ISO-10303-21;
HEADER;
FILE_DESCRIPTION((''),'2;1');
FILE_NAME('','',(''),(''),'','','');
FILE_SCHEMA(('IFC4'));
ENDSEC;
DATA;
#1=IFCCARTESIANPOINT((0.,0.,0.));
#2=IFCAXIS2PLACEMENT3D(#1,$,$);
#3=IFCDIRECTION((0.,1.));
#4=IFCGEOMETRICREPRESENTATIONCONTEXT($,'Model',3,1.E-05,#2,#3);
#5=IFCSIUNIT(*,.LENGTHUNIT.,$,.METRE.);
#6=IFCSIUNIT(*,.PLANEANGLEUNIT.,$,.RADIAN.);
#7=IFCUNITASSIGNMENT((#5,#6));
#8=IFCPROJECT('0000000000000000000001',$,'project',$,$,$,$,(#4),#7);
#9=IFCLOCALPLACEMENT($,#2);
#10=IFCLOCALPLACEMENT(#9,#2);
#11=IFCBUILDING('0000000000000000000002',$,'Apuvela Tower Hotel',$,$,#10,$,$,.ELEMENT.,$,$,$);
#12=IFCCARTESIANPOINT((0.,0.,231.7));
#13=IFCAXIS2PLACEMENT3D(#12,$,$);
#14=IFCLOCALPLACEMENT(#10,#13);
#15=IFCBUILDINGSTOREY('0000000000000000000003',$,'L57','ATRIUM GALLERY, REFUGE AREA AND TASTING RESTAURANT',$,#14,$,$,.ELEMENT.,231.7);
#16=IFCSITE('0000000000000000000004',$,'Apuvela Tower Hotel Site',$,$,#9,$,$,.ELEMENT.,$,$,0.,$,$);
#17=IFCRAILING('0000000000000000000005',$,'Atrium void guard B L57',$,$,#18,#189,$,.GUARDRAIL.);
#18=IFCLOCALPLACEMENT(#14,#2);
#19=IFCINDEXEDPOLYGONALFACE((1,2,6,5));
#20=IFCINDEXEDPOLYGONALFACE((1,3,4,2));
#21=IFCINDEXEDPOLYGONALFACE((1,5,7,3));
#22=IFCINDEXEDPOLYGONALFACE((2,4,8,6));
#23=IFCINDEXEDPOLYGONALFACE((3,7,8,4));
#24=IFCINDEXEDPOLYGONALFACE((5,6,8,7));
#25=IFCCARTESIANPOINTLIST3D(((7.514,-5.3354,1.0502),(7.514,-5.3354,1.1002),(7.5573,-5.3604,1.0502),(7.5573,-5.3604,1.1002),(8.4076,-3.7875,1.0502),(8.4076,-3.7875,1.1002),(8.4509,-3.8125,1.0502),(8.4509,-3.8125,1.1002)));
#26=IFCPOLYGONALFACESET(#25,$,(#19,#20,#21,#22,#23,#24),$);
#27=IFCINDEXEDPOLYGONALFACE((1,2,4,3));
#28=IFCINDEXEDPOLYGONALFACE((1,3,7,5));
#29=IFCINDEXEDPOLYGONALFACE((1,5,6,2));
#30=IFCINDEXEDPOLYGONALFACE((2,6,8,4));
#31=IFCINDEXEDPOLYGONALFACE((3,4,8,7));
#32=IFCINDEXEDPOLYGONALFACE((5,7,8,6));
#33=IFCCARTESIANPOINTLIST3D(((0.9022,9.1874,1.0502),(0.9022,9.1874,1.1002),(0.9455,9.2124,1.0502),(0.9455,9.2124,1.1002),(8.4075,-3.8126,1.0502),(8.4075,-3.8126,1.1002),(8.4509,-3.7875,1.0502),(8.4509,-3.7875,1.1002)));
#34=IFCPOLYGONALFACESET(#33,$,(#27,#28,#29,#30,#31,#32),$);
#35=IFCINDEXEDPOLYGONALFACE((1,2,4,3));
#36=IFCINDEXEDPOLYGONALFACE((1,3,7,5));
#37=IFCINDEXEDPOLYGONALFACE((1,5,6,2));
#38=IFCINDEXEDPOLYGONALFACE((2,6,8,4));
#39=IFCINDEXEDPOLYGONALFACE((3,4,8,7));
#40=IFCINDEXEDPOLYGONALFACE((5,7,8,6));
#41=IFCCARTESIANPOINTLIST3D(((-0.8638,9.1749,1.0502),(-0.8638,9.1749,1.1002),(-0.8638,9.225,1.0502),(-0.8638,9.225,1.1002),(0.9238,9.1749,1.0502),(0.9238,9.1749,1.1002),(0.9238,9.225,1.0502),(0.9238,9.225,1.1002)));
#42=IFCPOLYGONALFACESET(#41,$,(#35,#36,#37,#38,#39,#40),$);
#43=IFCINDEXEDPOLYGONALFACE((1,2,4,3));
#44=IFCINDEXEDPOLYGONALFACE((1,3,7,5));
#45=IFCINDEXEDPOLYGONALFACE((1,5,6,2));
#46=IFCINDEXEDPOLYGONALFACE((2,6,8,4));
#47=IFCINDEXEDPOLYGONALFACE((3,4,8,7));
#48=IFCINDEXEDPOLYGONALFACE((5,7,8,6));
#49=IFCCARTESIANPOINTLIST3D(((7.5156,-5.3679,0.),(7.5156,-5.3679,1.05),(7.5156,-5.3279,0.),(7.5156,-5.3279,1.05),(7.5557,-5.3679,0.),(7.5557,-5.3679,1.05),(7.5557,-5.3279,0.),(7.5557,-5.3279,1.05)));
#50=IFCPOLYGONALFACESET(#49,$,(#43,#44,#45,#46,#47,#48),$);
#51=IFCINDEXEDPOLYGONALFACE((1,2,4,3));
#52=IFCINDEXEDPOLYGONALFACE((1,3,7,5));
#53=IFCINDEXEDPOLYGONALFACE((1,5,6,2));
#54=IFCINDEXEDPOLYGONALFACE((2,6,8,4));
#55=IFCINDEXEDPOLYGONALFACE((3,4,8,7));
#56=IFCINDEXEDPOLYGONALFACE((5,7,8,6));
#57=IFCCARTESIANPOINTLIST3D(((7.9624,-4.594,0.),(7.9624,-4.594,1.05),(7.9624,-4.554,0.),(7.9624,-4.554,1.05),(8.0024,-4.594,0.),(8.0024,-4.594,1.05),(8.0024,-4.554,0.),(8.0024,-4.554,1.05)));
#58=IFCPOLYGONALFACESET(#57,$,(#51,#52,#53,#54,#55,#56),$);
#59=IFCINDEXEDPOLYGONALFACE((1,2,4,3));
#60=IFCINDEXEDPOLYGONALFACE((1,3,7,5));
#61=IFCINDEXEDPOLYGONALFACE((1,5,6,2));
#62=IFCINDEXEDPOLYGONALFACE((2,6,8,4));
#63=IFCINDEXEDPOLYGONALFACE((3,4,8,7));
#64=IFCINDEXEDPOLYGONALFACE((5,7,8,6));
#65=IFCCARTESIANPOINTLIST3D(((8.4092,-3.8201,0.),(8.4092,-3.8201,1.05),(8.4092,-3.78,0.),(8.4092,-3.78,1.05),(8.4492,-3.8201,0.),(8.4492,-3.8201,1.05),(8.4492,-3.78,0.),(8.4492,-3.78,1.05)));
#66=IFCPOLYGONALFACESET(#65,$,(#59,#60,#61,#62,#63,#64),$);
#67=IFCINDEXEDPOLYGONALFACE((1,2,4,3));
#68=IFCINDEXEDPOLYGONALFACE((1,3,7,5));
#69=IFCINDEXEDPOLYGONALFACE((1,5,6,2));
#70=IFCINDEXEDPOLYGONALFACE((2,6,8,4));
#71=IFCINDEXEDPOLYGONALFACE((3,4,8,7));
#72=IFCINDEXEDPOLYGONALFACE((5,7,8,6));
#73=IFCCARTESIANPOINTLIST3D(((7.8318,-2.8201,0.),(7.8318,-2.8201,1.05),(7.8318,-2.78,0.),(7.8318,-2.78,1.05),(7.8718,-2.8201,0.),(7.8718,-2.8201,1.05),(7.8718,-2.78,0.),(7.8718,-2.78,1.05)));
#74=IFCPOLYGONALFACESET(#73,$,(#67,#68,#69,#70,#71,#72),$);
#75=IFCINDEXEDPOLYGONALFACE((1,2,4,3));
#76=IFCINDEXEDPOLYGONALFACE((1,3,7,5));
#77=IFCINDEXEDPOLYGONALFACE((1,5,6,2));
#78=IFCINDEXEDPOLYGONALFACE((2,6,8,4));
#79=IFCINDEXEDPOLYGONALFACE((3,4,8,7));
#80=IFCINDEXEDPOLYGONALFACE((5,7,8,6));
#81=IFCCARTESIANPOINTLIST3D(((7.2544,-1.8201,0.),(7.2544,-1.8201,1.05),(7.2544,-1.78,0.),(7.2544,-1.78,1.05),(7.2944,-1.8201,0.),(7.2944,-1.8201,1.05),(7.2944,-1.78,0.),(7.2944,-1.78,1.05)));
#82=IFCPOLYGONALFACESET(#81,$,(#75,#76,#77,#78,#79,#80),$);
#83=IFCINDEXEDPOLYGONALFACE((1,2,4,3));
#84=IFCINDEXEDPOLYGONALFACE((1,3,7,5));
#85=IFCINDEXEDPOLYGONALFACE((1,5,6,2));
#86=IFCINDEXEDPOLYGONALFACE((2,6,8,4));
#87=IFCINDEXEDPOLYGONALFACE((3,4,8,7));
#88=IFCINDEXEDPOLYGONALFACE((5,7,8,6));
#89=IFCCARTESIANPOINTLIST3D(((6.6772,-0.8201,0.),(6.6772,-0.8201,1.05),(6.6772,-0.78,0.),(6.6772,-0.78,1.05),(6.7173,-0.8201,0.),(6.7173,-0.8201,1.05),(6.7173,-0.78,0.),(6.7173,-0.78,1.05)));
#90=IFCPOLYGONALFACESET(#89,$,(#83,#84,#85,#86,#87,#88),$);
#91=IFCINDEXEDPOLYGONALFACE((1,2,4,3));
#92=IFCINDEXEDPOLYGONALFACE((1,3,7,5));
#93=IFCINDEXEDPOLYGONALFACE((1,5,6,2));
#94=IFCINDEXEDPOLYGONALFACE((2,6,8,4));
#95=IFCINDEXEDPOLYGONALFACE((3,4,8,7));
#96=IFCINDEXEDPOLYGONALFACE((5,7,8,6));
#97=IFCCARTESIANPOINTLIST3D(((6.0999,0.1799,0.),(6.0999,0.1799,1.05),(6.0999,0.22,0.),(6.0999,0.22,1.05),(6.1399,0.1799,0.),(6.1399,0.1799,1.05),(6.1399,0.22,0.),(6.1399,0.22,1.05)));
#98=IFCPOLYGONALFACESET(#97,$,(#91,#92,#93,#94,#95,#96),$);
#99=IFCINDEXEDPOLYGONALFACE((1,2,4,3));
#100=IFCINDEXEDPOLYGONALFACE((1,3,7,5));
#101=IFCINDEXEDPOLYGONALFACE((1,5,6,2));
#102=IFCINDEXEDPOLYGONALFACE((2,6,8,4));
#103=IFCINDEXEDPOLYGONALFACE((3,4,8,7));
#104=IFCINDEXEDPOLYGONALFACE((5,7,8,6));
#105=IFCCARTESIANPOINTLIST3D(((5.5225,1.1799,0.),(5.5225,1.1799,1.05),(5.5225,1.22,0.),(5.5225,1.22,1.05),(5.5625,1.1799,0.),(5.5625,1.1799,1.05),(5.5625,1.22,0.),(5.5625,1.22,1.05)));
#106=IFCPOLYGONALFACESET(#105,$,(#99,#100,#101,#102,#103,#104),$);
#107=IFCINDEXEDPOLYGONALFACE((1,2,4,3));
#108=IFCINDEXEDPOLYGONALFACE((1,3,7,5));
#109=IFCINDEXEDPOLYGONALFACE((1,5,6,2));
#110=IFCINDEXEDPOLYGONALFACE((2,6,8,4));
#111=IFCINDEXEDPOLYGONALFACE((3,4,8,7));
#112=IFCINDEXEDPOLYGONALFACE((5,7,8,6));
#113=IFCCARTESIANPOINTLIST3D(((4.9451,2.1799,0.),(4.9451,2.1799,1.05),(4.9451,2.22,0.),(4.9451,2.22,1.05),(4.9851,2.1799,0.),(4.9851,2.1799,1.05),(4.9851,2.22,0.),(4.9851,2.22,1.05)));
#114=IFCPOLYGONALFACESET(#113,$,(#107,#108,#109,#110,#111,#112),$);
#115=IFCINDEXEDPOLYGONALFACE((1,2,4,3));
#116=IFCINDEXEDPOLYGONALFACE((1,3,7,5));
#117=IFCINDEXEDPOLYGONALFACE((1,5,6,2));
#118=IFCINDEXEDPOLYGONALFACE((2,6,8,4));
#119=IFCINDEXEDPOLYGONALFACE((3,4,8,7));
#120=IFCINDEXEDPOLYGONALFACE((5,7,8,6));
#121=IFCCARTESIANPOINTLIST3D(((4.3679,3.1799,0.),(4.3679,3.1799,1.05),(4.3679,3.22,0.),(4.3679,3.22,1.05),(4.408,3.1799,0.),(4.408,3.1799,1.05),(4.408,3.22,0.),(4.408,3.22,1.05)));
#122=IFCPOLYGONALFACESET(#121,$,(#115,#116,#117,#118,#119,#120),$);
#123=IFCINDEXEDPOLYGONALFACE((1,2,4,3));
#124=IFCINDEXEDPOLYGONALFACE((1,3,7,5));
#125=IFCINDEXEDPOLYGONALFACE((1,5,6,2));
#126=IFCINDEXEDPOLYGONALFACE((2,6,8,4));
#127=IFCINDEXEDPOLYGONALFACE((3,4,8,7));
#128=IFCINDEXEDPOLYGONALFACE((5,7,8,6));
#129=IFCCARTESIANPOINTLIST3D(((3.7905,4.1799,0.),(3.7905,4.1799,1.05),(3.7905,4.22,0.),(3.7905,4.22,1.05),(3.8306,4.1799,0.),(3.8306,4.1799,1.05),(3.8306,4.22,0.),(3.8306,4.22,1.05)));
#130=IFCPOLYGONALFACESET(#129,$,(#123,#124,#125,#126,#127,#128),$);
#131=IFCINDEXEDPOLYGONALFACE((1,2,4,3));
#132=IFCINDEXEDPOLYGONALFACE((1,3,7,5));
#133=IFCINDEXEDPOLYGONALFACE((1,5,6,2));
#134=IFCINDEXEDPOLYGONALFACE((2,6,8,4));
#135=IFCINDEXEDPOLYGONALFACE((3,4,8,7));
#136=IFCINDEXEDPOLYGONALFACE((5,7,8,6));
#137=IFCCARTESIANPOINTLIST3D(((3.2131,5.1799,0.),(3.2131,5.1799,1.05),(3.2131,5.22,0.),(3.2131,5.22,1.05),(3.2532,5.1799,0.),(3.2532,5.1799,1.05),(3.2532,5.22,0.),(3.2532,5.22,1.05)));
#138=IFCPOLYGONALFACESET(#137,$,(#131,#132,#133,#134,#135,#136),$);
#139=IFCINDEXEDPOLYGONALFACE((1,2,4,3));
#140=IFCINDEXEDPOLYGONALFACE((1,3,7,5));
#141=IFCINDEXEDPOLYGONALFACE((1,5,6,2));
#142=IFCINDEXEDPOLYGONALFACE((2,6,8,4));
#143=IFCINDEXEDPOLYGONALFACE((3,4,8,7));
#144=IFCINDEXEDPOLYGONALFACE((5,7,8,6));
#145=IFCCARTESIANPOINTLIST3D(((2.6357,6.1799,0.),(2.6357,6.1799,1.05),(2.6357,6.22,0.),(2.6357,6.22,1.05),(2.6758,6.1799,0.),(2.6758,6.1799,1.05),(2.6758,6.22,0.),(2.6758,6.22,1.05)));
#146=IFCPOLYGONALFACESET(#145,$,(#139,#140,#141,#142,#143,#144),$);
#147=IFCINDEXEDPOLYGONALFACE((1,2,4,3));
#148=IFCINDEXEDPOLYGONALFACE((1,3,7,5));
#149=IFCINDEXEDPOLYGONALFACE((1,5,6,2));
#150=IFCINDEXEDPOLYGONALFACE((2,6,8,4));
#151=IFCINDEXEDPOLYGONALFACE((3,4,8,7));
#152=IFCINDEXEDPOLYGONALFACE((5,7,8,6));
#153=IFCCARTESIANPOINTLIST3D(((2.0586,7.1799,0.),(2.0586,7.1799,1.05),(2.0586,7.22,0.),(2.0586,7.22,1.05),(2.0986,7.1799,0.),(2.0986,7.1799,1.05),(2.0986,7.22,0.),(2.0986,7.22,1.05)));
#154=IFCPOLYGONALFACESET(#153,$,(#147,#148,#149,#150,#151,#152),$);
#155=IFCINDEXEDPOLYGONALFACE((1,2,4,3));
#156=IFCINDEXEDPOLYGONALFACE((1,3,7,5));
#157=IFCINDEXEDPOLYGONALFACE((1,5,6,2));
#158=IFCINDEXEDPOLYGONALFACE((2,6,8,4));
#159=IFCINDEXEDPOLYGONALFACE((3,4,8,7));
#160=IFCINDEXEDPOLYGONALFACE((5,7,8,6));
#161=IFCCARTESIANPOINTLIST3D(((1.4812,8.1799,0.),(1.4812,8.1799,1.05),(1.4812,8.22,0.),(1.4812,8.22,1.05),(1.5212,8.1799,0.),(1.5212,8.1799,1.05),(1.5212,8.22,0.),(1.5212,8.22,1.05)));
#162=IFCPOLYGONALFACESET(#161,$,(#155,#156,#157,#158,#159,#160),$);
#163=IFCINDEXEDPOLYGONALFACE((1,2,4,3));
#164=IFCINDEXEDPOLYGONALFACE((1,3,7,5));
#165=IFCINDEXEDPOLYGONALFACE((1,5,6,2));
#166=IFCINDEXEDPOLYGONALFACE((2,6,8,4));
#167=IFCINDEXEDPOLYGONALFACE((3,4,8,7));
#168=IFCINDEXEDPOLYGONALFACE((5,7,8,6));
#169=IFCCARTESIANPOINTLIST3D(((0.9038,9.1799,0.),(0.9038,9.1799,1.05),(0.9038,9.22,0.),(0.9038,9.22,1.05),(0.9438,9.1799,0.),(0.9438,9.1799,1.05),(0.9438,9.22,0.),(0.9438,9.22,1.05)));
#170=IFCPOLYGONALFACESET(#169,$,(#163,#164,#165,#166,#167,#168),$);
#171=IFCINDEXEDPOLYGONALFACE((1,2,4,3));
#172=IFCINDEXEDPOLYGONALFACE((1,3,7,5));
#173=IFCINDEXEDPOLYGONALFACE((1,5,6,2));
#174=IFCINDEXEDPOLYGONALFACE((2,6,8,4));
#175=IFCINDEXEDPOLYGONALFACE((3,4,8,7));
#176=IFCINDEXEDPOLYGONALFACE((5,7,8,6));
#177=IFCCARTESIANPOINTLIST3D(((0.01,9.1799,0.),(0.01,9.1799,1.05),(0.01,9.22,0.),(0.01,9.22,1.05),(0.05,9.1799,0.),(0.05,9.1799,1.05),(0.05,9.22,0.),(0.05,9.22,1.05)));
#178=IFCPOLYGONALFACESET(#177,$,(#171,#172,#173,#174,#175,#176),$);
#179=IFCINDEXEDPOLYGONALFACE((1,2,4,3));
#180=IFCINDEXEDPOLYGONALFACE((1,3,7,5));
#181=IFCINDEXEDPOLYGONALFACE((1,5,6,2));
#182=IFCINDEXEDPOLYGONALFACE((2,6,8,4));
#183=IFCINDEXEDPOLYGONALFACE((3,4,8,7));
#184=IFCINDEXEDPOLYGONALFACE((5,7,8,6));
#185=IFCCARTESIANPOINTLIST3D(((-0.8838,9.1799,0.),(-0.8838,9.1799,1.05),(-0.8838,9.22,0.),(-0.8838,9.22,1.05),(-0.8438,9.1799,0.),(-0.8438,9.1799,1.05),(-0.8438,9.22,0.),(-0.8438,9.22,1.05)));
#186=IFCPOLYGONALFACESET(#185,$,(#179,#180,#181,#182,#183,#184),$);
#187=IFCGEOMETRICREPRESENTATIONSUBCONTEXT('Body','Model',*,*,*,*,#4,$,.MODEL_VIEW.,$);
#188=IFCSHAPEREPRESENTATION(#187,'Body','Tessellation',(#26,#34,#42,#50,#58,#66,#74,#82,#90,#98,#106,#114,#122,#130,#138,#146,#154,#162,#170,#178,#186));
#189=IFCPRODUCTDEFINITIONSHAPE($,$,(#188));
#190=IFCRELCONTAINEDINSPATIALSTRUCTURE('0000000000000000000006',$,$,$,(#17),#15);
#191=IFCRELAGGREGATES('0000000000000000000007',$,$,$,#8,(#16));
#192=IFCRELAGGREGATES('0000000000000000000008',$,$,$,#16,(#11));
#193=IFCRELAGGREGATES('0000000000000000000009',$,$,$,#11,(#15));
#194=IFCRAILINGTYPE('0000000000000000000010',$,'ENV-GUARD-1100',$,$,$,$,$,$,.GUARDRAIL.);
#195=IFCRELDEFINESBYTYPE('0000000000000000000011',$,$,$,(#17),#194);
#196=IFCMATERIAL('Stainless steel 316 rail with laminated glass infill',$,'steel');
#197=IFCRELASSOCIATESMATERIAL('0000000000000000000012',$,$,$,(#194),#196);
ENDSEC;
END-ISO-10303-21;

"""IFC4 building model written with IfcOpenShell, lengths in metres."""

from ifc_helpers import new_model, si_unit, direction, frame, origin, origin_2d, place, context, subcontext, project, spatial, rectangle, extrude, material, type_object, element, save


model = new_model("IFC4")

# Units and contexts
model_context = context("Model", 3, precision=1e-05, world=origin(), true_north=direction((0.0, 1.0)))
body_context = subcontext(model_context, "Body", "Model", "MODEL_VIEW")
ifc_project = project(units=[si_unit("LENGTHUNIT", "METRE"), si_unit("PLANEANGLEUNIT", "RADIAN")], contexts=[model_context])

# Site, building, storey
site_placement = place(None, origin())
site = spatial("IfcSite", under=ifc_project, at=site_placement, Name="Apuvela Tower Hotel Site", CompositionType="ELEMENT", RefElevation=0.0)
building_placement = place(site_placement, origin())
building = spatial("IfcBuilding", under=site, at=building_placement, Name="Apuvela Tower Hotel", CompositionType="ELEMENT")
storey_placement = place(building_placement, frame((0.0, 0.0, 231.7)))
storey = spatial("IfcBuildingStorey", under=building, at=storey_placement, Name="L57", Description="ATRIUM GALLERY, REFUGE AREA AND TASTING RESTAURANT", CompositionType="ELEMENT", Elevation=231.7)

# Railing
ifc_material_1 = material(Name="Stainless steel 316 rail with laminated glass infill", Category="steel")
railing_type_1 = type_object("IfcRailingType", Name="ENV-GUARD-1100", PredefinedType="GUARDRAIL", material=ifc_material_1)
railing_1_placement = place(storey_placement, frame((7.5356, -5.3479, 0.0)))
element("IfcRailing", 1, at=railing_1_placement, inside=storey, type_object=railing_type_1, Name="Atrium void guard B L57", PredefinedType="GUARDRAIL", context=body_context, shape_type="SweptSolid", body=[
    extrude(rectangle(XDim=0.05, YDim=0.05, at=origin_2d()), frame((0.0, 0.0, 1.0752), z_axis=(0.499959, 0.866049, 0.0), x_axis=(-0.866049, 0.499959, 0.0)), (0.0, 0.0, 1.0), 1.7874),
    extrude(rectangle(XDim=0.05, YDim=0.05, at=origin_2d()), frame((0.8936, 1.5479, 1.0752), z_axis=(-0.499991, 0.866031, 0.0), x_axis=(-0.866031, -0.499991, 0.0)), (0.0, 0.0, 1.0), 15.011),
    extrude(rectangle(XDim=0.05, YDim=0.05, at=origin_2d()), frame((-6.6118, 14.5479, 1.0752), z_axis=(-1.0, 0.0, 0.0), x_axis=(0.0, -1.0, 0.0)), (0.0, 0.0, 1.0), 1.7876),
    extrude(rectangle(XDim=0.04, YDim=0.04, at=origin_2d()), origin(), (0.0, 0.0, 1.0), 1.05),
    extrude(rectangle(XDim=0.04, YDim=0.04, at=origin_2d()), frame((0.4468, 0.7739, 0.0)), (0.0, 0.0, 1.0), 1.05),
    extrude(rectangle(XDim=0.04, YDim=0.04, at=origin_2d()), frame((0.8936, 1.5479, 0.0)), (0.0, 0.0, 1.0), 1.05),
    extrude(rectangle(XDim=0.04, YDim=0.04, at=origin_2d()), frame((0.3162, 2.5479, 0.0)), (0.0, 0.0, 1.0), 1.05),
    extrude(rectangle(XDim=0.04, YDim=0.04, at=origin_2d()), frame((-0.2612, 3.5479, 0.0)), (0.0, 0.0, 1.0), 1.05),
    extrude(rectangle(XDim=0.04, YDim=0.04, at=origin_2d()), frame((-0.8384, 4.5479, 0.0)), (0.0, 0.0, 1.0), 1.05),
    extrude(rectangle(XDim=0.04, YDim=0.04, at=origin_2d()), frame((-1.4158, 5.5479, 0.0)), (0.0, 0.0, 1.0), 1.05),
    extrude(rectangle(XDim=0.04, YDim=0.04, at=origin_2d()), frame((-1.9932, 6.5479, 0.0)), (0.0, 0.0, 1.0), 1.05),
    extrude(rectangle(XDim=0.04, YDim=0.04, at=origin_2d()), frame((-2.5706, 7.5479, 0.0)), (0.0, 0.0, 1.0), 1.05),
    extrude(rectangle(XDim=0.04, YDim=0.04, at=origin_2d()), frame((-3.1477, 8.5479, 0.0)), (0.0, 0.0, 1.0), 1.05),
    extrude(rectangle(XDim=0.04, YDim=0.04, at=origin_2d()), frame((-3.7251, 9.5479, 0.0)), (0.0, 0.0, 1.0), 1.05),
    extrude(rectangle(XDim=0.04, YDim=0.04, at=origin_2d()), frame((-4.3025, 10.5479, 0.0)), (0.0, 0.0, 1.0), 1.05),
    extrude(rectangle(XDim=0.04, YDim=0.04, at=origin_2d()), frame((-4.8799, 11.5479, 0.0)), (0.0, 0.0, 1.0), 1.05),
    extrude(rectangle(XDim=0.04, YDim=0.04, at=origin_2d()), frame((-5.457, 12.5479, 0.0)), (0.0, 0.0, 1.0), 1.05),
    extrude(rectangle(XDim=0.04, YDim=0.04, at=origin_2d()), frame((-6.0344, 13.5479, 0.0)), (0.0, 0.0, 1.0), 1.05),
    extrude(rectangle(XDim=0.04, YDim=0.04, at=origin_2d()), frame((-6.6118, 14.5479, 0.0)), (0.0, 0.0, 1.0), 1.05),
    extrude(rectangle(XDim=0.04, YDim=0.04, at=origin_2d()), frame((-7.5056, 14.5479, 0.0)), (0.0, 0.0, 1.0), 1.05),
    extrude(rectangle(XDim=0.04, YDim=0.04, at=origin_2d()), frame((-8.3994, 14.5479, 0.0)), (0.0, 0.0, 1.0), 1.05),
])

save(model, "model.ifc")
